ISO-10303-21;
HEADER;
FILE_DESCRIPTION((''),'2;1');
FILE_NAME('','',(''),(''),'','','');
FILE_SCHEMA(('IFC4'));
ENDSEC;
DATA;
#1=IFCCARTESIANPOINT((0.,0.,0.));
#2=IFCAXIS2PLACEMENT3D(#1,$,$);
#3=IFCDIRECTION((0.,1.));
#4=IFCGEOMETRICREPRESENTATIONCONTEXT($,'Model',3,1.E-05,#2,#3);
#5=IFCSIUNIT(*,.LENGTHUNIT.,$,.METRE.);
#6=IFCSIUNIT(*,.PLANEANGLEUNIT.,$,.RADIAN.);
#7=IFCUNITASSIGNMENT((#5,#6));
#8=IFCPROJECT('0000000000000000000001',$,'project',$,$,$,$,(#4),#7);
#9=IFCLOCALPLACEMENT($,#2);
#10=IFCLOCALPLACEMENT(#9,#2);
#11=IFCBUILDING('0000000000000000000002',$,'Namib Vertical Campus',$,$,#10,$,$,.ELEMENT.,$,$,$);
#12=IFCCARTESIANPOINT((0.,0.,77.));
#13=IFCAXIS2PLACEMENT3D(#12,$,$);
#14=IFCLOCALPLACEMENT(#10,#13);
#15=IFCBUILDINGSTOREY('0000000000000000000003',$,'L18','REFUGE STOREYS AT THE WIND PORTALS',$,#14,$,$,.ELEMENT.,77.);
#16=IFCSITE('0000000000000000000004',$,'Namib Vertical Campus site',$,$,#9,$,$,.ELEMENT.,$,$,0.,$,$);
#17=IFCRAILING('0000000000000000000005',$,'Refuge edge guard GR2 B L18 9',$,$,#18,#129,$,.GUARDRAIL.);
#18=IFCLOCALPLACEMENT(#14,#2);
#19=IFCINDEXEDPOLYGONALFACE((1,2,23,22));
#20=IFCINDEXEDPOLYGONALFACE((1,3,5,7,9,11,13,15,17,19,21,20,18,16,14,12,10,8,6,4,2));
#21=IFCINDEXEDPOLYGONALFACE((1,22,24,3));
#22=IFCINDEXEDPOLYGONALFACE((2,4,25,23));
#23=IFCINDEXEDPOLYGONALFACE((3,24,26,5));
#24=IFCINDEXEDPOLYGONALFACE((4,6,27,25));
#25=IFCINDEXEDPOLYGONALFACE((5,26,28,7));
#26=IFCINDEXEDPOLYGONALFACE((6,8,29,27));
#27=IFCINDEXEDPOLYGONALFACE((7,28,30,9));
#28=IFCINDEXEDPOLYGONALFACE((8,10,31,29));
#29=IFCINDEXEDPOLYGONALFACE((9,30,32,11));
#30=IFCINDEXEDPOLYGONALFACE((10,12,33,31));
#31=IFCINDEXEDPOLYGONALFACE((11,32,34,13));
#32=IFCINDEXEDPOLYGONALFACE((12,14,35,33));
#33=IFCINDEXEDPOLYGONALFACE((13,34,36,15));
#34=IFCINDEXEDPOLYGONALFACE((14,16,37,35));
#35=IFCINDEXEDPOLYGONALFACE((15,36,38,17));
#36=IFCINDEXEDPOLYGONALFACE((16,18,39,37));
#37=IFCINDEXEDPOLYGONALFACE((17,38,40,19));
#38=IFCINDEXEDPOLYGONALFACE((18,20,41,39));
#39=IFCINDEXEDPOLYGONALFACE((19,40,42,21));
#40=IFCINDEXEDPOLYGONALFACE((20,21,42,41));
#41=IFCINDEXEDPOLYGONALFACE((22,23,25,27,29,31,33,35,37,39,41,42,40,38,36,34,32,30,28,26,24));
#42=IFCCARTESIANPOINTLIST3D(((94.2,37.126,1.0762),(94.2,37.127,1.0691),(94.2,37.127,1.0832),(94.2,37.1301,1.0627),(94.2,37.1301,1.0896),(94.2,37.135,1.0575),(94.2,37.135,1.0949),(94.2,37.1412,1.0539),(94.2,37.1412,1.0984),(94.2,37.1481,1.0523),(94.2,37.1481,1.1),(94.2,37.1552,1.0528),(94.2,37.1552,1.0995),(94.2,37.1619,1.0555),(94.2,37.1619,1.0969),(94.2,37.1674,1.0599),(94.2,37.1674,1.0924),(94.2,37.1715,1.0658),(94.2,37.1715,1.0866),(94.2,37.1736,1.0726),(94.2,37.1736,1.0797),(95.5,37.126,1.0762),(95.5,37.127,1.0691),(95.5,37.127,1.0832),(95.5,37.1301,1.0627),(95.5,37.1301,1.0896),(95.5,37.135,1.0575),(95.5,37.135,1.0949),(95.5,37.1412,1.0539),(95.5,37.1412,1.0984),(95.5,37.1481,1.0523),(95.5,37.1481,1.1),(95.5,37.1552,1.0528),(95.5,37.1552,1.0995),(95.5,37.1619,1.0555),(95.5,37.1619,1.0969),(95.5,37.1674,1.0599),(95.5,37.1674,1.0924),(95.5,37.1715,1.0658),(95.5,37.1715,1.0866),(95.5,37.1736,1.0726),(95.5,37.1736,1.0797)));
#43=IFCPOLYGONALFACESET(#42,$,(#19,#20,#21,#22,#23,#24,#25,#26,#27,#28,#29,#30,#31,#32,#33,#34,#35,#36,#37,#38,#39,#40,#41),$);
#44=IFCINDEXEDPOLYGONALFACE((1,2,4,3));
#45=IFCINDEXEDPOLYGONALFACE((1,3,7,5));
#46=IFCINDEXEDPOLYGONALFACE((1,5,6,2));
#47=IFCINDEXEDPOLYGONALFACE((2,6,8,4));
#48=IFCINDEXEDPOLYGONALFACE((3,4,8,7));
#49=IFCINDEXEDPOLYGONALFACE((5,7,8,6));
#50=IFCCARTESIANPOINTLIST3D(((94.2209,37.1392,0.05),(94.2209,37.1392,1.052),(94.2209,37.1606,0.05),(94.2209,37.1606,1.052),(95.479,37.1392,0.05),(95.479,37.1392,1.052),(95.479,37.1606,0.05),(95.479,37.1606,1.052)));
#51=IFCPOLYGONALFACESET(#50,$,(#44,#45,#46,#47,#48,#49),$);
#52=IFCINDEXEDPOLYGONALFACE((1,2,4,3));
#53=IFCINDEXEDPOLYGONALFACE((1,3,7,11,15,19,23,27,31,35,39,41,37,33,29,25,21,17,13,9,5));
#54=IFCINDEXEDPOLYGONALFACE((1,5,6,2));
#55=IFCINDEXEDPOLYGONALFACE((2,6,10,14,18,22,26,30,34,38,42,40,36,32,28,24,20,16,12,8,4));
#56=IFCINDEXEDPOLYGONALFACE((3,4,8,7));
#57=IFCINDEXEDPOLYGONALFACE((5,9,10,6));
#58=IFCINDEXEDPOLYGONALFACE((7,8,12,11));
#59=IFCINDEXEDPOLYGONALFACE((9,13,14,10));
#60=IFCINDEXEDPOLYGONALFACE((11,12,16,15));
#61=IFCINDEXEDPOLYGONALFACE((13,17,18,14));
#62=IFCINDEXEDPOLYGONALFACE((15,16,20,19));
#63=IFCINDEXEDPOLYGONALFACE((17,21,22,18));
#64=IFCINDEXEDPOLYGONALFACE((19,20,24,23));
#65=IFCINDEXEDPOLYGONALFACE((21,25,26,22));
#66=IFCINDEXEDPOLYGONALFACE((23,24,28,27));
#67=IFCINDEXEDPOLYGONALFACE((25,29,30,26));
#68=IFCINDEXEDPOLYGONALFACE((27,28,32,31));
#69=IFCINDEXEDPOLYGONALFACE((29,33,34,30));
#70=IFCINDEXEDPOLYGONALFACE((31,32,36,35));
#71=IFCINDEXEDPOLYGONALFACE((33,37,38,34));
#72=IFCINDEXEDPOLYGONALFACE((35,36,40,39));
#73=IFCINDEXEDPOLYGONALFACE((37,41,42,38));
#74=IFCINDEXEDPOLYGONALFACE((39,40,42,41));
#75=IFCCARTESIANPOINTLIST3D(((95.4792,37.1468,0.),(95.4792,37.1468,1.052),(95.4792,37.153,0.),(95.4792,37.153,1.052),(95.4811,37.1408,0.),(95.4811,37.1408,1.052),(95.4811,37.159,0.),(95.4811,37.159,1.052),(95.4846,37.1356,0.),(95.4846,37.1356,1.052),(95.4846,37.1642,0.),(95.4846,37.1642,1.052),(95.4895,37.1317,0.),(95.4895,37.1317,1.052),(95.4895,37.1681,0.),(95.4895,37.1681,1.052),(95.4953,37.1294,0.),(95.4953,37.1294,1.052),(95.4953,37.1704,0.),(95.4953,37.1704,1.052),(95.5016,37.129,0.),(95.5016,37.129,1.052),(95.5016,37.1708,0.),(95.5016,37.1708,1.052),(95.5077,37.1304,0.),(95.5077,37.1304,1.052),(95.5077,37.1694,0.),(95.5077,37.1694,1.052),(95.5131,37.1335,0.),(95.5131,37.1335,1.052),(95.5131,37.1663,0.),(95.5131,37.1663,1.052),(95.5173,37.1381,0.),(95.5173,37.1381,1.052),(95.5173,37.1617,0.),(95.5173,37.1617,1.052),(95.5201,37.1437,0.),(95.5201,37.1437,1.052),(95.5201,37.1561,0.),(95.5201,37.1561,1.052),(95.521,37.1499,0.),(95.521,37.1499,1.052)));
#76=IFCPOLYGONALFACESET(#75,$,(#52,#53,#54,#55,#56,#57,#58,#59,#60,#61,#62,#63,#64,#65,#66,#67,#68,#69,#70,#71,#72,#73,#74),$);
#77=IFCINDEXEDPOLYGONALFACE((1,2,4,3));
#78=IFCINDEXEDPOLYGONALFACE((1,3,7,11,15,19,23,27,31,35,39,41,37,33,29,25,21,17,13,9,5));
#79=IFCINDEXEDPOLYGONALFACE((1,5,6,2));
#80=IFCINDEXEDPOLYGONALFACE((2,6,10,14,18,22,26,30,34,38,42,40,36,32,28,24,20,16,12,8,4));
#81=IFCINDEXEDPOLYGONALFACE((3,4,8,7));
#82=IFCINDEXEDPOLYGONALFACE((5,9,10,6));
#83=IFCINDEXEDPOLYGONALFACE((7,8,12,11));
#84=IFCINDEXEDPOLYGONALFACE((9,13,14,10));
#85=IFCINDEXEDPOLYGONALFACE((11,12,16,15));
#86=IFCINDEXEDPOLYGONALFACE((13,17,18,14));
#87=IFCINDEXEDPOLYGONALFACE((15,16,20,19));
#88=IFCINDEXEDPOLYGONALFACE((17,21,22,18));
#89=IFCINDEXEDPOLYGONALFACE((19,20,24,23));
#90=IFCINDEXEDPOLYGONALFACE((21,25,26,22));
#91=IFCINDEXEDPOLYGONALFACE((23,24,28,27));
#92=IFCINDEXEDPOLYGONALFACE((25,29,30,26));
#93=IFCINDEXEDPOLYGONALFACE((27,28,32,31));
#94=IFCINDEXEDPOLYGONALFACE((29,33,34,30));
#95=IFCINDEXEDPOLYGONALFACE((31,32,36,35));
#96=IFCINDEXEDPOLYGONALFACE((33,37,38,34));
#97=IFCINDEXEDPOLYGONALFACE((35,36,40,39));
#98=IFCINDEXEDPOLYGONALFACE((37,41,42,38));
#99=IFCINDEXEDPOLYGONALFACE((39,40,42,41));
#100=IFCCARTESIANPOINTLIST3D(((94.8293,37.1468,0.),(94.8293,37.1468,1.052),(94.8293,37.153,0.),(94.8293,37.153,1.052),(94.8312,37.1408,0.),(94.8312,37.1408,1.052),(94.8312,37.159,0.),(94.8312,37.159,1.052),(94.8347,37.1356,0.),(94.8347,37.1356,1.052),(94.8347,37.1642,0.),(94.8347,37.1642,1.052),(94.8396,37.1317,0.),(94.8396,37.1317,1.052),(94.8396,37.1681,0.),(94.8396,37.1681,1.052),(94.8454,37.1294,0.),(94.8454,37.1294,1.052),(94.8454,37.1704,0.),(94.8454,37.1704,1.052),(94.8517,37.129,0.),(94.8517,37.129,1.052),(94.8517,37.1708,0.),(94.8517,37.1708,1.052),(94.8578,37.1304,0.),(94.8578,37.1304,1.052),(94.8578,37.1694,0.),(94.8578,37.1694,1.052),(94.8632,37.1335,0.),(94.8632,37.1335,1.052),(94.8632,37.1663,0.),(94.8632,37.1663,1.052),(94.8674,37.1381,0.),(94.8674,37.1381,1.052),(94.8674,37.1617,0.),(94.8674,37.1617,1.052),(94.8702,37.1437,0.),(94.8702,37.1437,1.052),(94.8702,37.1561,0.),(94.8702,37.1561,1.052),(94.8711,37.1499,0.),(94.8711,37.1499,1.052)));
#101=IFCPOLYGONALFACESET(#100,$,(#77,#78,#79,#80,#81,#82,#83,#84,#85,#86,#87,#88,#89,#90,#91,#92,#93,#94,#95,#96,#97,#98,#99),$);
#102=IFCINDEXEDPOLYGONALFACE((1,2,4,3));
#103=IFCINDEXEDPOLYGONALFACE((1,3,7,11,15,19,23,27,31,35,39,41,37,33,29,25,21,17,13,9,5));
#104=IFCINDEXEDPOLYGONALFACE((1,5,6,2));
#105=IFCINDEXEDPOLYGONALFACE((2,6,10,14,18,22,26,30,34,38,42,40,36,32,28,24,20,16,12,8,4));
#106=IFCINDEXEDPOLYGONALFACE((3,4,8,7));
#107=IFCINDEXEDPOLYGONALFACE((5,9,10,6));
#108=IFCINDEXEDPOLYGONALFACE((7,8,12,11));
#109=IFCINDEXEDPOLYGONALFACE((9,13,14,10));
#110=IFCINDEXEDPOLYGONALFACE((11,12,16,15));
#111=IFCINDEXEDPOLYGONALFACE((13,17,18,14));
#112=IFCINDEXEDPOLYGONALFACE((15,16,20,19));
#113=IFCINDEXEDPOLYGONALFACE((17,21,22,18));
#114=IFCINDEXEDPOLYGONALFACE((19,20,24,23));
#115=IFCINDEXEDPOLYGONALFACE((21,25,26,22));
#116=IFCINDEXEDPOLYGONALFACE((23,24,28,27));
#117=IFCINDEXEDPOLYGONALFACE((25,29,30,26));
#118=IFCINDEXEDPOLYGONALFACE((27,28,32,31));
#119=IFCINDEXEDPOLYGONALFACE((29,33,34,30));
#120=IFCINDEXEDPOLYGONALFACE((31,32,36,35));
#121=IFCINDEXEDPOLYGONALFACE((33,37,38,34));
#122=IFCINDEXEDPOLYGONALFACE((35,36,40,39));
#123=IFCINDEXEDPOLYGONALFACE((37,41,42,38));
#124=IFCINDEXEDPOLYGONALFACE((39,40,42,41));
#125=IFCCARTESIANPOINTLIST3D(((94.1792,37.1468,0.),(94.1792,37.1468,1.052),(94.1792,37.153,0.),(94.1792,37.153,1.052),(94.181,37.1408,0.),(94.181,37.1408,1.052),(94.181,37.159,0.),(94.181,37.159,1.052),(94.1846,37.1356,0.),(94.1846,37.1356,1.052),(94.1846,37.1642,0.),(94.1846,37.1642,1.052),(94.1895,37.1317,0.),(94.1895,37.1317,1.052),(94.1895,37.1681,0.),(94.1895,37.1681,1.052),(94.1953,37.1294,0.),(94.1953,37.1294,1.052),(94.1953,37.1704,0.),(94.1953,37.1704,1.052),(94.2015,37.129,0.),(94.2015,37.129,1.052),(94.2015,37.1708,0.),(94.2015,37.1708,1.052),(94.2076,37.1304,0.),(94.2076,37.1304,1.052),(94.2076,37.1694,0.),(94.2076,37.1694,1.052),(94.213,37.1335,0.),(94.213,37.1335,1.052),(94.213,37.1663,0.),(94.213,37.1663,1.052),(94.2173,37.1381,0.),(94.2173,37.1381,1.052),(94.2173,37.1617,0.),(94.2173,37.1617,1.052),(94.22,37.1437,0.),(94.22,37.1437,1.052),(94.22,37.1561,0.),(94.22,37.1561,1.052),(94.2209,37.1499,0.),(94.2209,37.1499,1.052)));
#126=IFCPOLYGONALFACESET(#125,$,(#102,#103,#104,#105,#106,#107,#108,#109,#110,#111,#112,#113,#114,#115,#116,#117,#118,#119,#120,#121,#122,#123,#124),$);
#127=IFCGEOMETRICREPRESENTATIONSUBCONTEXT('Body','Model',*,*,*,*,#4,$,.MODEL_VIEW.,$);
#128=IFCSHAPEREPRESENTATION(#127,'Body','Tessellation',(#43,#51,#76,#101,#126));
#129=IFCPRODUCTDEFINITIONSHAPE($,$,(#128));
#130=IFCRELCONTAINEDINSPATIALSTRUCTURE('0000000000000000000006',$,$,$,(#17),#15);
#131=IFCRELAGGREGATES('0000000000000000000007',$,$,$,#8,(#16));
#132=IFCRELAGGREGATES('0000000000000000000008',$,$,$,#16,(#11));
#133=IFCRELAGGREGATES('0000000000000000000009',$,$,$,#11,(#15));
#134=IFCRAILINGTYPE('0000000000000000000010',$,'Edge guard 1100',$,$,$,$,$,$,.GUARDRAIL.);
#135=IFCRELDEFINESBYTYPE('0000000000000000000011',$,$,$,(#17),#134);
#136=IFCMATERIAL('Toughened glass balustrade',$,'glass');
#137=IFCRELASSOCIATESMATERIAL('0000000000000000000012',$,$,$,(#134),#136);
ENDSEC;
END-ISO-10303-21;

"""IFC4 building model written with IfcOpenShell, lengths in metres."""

from ifc_helpers import new_model, si_unit, direction, frame, origin, origin_2d, place, context, subcontext, project, spatial, polyline, circle, outline, extrude, material, type_object, element, save


model = new_model("IFC4")

# Units and contexts
model_context = context("Model", 3, precision=1e-05, world=origin(), true_north=direction((0.0, 1.0)))
body_context = subcontext(model_context, "Body", "Model", "MODEL_VIEW")
ifc_project = project(units=[si_unit("LENGTHUNIT", "METRE"), si_unit("PLANEANGLEUNIT", "RADIAN")], contexts=[model_context])

# Site, building, storey
site_placement = place(None, origin())
site = spatial("IfcSite", under=ifc_project, at=site_placement, Name="Namib Vertical Campus site", CompositionType="ELEMENT", RefElevation=0.0)
building_placement = place(site_placement, origin())
building = spatial("IfcBuilding", under=site, at=building_placement, Name="Namib Vertical Campus", CompositionType="ELEMENT")
storey_placement = place(building_placement, frame((0.0, 0.0, 77.0)))
storey = spatial("IfcBuildingStorey", under=building, at=storey_placement, Name="L18", Description="REFUGE STOREYS AT THE WIND PORTALS", CompositionType="ELEMENT", Elevation=77.0)

# Railing
ifc_material_1 = material(Name="Toughened glass balustrade", Category="glass")
railing_type_1 = type_object("IfcRailingType", Name="Edge guard 1100", PredefinedType="GUARDRAIL", material=ifc_material_1)
railing_1_placement = place(storey_placement, frame((95.5, 37.1499, 0.0)))
element("IfcRailing", 1, at=railing_1_placement, inside=storey, type_object=railing_type_1, Name="Refuge edge guard GR2 B L18 9", PredefinedType="GUARDRAIL", context=body_context, shape_type="SweptSolid", body=[
    extrude(circle(Radius=0.0239, at=origin_2d()), frame((0.0, 0.0, 1.0762), z_axis=(-1.0, 0.0, 0.0), x_axis=(0.0, -1.0, 0.0)), (0.0, 0.0, 1.0), 1.3),
    extrude(outline(polyline([(0.021, 0.05), (1.2791, 0.05), (1.2791, 1.052), (0.021, 1.052), (0.021, 0.05)])), frame((0.0, -0.0107, 0.0), z_axis=(0.0, 1.0, 0.0), x_axis=(-1.0, 0.0, 0.0)), (0.0, 0.0, 1.0), 0.0215),
    extrude(circle(Radius=0.021, at=origin_2d()), origin(), (0.0, 0.0, 1.0), 1.052),
    extrude(circle(Radius=0.021, at=origin_2d()), frame((-0.6499, 0.0, 0.0)), (0.0, 0.0, 1.0), 1.052),
    extrude(circle(Radius=0.021, at=origin_2d()), frame((-1.3, 0.0, 0.0)), (0.0, 0.0, 1.0), 1.052),
])

save(model, "model.ifc")
